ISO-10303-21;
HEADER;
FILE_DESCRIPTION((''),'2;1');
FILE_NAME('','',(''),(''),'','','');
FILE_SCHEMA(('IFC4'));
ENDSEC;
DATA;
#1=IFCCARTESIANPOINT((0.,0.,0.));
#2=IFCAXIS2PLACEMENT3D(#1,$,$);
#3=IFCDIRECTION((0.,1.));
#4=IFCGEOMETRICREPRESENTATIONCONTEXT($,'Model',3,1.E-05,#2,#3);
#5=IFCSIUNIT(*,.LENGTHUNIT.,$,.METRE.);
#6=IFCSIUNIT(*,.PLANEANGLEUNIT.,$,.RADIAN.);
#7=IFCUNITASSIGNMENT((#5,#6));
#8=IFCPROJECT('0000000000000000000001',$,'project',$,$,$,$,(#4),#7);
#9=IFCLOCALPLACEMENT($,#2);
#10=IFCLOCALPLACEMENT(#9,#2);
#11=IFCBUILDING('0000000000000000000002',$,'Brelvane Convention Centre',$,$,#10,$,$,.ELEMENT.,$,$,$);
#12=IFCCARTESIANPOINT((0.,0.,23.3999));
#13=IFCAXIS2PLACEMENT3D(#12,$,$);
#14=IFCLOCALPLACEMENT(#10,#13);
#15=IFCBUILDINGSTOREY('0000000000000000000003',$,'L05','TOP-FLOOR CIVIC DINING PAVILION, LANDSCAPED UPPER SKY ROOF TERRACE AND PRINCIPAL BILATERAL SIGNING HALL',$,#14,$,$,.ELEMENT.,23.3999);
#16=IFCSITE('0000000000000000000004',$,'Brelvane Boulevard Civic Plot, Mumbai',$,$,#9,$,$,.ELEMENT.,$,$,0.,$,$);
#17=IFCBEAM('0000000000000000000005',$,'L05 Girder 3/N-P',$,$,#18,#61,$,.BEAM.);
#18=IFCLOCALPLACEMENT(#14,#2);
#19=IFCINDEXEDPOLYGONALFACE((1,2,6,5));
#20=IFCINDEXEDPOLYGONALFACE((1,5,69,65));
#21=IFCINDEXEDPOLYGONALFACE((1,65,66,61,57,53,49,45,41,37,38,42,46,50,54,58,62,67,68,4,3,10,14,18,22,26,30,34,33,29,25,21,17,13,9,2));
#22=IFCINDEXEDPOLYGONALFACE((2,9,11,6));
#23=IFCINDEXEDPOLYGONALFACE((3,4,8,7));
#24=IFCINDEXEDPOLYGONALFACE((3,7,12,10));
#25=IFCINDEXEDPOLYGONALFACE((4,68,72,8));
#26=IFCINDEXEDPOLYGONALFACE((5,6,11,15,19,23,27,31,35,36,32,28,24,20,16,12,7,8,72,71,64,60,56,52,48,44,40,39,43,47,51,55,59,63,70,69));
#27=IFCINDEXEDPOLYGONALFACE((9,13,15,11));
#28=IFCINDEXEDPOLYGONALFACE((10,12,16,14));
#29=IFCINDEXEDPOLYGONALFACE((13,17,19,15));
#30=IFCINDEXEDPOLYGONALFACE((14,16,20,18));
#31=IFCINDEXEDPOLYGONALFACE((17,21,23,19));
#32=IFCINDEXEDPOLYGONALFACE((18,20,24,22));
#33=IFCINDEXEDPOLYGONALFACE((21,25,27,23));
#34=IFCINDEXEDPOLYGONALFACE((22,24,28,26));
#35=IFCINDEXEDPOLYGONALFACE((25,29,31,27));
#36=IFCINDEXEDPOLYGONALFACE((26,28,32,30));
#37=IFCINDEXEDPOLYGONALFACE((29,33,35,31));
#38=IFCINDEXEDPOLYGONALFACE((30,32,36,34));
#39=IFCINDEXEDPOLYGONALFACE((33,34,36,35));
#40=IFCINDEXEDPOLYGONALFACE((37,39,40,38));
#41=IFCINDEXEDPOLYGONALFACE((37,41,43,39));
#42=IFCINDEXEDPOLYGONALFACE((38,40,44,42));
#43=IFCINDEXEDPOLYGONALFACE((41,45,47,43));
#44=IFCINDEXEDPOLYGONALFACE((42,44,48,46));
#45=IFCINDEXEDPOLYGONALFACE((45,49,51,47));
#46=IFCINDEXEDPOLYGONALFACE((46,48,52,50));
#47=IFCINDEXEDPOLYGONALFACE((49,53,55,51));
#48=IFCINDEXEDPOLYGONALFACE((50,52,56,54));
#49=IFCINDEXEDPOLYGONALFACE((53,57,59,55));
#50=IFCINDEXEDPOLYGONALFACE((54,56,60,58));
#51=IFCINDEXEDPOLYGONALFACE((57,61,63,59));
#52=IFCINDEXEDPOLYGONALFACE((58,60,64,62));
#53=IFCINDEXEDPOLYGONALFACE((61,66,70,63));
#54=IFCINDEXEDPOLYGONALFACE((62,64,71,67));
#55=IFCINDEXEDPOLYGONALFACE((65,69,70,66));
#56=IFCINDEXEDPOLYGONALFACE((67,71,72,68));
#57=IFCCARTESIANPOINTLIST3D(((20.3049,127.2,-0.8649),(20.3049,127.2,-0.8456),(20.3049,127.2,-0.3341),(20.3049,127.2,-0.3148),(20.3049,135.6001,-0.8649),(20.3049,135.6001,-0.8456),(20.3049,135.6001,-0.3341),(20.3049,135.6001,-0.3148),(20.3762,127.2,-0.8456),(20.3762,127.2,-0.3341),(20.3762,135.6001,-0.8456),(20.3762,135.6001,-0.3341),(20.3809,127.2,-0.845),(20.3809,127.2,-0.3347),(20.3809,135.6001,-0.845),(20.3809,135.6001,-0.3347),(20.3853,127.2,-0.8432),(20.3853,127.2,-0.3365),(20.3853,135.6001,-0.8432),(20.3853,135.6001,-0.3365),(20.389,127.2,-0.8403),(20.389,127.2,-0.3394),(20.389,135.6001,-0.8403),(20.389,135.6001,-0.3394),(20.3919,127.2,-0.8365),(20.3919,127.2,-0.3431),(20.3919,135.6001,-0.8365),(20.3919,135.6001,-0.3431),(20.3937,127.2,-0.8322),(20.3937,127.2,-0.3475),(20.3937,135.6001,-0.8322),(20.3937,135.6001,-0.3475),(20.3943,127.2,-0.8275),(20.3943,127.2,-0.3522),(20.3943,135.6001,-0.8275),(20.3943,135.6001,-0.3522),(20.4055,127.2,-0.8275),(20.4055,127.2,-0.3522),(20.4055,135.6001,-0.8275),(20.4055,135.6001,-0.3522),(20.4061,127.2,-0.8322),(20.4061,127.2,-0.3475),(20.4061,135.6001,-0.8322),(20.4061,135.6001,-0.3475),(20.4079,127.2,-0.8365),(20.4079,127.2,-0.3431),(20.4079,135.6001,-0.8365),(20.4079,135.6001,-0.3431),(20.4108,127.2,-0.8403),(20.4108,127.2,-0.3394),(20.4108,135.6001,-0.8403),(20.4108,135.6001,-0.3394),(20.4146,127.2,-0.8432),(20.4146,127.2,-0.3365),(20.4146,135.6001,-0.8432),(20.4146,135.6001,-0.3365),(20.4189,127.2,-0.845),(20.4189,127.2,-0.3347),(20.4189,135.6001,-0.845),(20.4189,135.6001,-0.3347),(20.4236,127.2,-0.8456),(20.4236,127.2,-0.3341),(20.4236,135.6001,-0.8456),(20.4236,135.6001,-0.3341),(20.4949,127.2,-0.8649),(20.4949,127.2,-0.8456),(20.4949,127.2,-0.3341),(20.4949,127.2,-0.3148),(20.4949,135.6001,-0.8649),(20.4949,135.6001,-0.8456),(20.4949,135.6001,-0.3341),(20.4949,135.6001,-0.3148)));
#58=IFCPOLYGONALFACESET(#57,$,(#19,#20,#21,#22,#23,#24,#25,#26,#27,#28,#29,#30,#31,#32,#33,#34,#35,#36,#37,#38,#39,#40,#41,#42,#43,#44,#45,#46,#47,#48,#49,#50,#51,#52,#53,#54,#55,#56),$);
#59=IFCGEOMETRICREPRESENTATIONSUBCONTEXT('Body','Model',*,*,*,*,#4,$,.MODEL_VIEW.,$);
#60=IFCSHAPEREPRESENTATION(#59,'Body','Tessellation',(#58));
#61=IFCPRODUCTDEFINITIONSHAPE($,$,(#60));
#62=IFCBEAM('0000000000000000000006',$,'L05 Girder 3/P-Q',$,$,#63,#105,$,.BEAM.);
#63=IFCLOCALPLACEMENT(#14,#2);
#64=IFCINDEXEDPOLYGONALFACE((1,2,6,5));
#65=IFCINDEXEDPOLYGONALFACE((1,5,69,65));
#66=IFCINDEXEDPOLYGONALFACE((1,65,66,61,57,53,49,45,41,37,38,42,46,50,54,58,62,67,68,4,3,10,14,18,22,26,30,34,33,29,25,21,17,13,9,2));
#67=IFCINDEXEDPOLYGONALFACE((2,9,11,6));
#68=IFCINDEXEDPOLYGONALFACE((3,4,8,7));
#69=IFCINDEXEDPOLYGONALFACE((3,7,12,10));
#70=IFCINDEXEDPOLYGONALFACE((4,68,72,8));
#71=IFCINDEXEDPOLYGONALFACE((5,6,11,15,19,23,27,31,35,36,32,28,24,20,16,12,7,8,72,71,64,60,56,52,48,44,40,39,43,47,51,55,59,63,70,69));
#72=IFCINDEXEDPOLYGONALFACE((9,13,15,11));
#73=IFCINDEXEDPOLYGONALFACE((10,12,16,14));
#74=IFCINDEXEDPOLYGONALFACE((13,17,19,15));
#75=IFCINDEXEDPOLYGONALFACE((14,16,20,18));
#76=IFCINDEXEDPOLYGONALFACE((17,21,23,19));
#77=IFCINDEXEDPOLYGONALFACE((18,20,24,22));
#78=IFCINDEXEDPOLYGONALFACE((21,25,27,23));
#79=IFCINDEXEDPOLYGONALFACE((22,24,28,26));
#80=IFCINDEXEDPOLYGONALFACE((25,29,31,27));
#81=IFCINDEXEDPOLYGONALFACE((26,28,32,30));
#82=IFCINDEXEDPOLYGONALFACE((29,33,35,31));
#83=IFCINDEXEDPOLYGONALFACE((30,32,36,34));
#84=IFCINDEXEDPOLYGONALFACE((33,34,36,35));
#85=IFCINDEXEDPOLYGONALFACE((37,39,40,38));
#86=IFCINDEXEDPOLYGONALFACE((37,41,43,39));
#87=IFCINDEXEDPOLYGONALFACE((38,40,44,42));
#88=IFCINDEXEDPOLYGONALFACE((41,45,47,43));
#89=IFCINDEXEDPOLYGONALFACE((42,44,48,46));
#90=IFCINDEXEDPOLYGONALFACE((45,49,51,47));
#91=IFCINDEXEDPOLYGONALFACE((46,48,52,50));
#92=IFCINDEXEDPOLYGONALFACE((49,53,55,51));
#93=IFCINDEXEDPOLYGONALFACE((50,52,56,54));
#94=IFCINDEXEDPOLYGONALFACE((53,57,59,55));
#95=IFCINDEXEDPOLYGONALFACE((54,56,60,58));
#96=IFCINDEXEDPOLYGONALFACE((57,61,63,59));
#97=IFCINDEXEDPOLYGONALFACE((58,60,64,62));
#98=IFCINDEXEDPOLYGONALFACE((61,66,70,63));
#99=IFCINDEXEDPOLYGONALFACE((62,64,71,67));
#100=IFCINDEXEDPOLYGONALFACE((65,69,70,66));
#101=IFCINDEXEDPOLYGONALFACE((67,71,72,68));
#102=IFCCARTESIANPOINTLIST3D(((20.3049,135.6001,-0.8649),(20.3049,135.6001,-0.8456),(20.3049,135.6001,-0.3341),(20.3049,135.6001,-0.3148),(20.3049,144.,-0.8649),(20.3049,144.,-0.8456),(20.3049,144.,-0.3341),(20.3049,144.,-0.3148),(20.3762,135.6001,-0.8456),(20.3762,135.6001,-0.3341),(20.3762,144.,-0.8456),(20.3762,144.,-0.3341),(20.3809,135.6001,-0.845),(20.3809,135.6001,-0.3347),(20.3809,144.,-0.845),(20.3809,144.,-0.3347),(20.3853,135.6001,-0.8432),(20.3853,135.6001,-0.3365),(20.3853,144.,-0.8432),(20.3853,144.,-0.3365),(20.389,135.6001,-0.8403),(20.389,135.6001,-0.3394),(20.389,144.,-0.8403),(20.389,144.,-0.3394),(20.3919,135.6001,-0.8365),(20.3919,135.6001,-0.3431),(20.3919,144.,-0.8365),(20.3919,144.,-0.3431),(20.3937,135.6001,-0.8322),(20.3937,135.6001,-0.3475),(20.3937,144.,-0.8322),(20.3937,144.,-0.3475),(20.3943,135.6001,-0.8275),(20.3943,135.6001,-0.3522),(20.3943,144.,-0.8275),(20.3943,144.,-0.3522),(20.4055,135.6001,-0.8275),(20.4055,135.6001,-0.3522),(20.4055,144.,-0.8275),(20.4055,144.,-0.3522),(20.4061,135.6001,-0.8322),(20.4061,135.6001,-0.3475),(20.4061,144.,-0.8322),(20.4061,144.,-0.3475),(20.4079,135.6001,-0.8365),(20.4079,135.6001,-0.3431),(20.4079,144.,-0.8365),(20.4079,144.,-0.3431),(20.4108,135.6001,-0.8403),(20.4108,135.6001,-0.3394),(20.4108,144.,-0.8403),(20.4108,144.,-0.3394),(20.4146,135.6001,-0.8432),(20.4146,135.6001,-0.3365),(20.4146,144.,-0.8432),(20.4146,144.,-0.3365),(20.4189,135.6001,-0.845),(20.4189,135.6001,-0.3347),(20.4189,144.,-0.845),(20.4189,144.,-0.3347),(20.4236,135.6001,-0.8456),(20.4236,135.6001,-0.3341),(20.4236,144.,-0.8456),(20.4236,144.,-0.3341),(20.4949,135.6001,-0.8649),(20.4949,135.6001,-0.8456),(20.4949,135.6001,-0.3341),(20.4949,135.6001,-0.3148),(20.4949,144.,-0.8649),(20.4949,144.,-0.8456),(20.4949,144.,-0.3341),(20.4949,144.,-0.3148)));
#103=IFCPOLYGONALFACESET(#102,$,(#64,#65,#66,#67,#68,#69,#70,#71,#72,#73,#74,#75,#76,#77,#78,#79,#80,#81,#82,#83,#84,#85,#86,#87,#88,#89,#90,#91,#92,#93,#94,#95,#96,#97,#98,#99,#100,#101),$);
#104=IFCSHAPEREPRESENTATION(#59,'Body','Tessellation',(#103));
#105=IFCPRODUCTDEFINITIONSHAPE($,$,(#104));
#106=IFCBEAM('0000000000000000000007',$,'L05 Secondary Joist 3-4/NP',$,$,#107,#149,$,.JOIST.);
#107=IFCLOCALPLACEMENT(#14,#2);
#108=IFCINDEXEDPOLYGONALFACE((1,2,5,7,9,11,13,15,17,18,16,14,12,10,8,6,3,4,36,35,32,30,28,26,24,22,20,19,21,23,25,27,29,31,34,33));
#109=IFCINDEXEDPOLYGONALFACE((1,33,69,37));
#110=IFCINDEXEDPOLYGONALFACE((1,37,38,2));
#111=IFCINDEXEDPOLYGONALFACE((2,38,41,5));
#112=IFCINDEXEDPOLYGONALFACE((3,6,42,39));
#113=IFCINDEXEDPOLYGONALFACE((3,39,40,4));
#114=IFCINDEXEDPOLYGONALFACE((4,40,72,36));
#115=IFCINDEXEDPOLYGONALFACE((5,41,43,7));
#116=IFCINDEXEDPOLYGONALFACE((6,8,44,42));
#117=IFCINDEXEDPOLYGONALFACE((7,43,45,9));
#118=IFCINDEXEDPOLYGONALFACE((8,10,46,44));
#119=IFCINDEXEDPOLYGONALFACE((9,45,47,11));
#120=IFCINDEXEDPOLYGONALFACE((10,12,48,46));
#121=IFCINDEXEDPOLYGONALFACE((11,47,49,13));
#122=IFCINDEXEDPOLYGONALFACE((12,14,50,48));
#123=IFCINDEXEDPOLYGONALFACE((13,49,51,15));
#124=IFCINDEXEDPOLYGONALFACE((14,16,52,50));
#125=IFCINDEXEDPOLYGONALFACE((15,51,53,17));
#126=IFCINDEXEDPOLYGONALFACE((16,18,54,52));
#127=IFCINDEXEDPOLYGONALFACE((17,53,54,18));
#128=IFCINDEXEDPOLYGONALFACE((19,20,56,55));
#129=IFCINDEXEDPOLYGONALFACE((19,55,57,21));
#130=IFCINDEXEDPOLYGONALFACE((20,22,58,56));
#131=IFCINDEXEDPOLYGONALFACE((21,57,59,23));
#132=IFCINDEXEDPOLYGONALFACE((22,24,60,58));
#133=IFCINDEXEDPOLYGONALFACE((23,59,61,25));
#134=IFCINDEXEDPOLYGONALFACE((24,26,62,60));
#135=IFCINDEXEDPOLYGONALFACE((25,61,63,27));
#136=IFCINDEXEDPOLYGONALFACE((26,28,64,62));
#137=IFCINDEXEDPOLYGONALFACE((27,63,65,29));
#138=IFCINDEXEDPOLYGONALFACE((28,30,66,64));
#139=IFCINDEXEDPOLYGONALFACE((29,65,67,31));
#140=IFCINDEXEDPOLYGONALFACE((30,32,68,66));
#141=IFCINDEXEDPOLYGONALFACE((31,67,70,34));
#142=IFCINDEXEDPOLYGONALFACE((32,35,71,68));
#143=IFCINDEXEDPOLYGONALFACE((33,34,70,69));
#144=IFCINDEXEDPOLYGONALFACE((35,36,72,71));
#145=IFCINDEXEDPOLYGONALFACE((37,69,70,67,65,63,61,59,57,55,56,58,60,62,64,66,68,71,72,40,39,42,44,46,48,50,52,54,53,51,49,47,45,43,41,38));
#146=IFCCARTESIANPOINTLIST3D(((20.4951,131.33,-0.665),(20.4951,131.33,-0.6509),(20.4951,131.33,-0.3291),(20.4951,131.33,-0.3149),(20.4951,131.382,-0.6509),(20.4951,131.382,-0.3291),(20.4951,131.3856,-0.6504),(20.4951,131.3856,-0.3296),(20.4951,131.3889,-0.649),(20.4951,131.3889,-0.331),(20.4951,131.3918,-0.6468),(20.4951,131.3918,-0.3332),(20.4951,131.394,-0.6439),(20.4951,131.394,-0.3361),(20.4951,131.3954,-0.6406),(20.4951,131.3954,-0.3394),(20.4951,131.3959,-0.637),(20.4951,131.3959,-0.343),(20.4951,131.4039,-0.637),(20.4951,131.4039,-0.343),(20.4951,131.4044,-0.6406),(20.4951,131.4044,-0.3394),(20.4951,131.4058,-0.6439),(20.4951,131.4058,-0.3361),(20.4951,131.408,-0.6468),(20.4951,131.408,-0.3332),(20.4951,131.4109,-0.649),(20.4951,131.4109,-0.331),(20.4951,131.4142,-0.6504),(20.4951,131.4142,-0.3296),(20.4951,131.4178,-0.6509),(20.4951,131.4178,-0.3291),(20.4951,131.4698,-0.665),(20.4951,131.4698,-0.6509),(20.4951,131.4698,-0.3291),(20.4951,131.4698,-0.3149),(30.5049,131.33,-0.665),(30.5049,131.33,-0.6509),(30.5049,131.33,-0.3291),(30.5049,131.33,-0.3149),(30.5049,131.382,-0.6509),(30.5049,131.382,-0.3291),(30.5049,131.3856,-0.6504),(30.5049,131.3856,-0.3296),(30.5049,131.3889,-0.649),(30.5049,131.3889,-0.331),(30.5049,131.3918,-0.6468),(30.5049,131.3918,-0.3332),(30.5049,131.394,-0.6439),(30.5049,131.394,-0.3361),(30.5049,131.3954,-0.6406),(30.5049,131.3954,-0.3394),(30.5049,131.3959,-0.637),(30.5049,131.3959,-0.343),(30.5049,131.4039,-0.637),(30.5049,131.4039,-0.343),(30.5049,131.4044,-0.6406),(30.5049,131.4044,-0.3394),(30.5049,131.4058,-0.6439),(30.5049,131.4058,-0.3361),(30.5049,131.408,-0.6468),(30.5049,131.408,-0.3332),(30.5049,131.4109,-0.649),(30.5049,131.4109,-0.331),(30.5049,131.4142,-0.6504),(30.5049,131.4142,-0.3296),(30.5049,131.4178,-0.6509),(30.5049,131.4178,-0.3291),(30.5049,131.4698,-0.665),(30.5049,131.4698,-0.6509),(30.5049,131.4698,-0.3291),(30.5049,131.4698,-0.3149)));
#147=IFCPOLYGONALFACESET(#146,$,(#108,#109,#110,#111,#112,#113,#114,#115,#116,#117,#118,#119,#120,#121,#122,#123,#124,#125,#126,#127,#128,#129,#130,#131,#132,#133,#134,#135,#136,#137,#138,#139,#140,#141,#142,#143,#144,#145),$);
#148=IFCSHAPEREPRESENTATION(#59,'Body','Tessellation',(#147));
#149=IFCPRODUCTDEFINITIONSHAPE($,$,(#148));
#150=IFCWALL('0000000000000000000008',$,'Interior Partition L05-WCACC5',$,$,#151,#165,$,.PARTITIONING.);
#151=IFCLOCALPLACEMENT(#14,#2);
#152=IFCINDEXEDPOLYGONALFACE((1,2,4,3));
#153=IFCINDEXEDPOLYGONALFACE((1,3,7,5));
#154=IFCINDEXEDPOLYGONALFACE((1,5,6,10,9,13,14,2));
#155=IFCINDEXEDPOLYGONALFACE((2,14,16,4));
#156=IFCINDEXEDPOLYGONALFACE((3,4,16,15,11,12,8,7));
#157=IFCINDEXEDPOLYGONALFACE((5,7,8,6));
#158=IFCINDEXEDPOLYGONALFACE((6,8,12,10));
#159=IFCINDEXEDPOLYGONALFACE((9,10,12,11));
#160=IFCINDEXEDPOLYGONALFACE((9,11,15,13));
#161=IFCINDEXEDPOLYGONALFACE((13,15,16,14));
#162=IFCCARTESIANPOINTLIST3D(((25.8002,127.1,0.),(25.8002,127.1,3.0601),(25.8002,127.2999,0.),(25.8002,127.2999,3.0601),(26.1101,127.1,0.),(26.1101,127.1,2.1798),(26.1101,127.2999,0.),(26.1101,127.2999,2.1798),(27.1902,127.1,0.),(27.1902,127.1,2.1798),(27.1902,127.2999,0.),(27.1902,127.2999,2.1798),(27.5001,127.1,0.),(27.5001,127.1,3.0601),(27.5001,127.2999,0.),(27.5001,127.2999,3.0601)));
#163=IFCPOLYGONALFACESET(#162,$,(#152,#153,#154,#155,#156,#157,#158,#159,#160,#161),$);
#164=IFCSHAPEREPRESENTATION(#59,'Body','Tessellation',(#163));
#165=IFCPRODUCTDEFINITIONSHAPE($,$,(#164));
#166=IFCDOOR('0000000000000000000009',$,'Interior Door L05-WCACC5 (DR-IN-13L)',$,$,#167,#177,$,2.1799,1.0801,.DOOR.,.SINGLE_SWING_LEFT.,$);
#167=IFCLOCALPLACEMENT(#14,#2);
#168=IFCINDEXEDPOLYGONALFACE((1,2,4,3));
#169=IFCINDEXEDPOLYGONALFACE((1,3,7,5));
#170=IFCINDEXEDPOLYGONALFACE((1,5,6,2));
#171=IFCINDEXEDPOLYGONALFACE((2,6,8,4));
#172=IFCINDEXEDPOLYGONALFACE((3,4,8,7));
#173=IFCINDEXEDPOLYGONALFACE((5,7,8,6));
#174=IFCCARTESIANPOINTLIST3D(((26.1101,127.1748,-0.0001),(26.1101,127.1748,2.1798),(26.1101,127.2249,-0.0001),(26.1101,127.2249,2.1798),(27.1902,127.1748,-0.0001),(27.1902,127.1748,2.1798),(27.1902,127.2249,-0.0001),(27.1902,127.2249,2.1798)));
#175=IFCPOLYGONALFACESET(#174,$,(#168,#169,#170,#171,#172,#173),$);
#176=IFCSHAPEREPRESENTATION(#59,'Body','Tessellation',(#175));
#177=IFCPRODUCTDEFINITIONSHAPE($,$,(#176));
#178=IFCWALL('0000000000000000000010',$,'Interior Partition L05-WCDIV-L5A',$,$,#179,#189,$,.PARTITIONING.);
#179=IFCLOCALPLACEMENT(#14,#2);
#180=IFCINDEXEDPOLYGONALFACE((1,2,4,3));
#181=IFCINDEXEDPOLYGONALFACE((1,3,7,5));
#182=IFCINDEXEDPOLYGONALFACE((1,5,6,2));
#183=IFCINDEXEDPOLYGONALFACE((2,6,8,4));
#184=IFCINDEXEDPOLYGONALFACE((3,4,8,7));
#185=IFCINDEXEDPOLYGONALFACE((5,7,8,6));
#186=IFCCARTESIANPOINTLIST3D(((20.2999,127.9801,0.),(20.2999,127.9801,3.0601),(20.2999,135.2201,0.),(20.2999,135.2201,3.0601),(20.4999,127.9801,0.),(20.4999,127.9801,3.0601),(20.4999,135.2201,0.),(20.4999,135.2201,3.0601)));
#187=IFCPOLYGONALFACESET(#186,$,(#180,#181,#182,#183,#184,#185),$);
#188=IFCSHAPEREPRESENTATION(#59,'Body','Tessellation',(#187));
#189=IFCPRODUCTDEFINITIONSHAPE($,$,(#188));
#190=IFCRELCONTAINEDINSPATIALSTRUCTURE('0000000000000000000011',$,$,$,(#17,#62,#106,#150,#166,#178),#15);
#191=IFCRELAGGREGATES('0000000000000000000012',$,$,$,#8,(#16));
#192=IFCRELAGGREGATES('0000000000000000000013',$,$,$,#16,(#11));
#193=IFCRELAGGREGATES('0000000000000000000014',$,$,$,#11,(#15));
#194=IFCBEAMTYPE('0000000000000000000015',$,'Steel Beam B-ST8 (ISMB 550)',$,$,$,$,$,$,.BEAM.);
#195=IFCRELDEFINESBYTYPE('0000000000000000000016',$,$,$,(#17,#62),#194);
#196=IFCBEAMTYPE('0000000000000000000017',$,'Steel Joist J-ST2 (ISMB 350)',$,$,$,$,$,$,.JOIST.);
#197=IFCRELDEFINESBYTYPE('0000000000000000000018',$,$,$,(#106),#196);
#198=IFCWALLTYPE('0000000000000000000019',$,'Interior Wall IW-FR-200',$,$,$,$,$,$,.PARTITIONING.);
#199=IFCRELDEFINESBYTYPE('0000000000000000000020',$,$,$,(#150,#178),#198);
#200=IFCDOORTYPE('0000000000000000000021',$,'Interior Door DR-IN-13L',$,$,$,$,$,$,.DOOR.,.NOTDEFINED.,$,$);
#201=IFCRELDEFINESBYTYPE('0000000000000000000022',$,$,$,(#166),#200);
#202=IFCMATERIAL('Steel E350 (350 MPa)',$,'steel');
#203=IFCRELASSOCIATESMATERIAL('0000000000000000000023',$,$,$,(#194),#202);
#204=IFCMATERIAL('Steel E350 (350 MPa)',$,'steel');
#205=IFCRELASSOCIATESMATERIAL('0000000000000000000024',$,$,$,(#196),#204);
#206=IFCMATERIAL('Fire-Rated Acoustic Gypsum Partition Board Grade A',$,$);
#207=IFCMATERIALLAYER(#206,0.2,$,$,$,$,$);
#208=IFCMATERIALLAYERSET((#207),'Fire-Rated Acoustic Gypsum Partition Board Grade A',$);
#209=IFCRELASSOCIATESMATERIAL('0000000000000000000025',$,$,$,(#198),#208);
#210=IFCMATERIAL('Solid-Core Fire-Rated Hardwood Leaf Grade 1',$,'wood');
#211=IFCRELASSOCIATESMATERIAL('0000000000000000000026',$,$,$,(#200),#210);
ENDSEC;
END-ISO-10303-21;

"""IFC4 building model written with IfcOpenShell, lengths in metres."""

from ifc_helpers import new_model, si_unit, direction, frame, frame_2d, origin, origin_2d, place, context, subcontext, project, spatial, rectangle, i_section, extrude, material, layer, layer_set, material_profile, profile_set, type_object, element, fill, save


model = new_model("IFC4")

# Units and contexts
model_context = context("Model", 3, precision=1e-05, world=origin(), true_north=direction((0.0, 1.0)))
body_context = subcontext(model_context, "Body", "Model", "MODEL_VIEW")
ifc_project = project(units=[si_unit("LENGTHUNIT", "METRE"), si_unit("PLANEANGLEUNIT", "RADIAN")], contexts=[model_context])

# Site, building, storey
site_placement = place(None, origin())
site = spatial("IfcSite", under=ifc_project, at=site_placement, Name="Brelvane Boulevard Civic Plot, Mumbai", CompositionType="ELEMENT", RefElevation=0.0)
building_placement = place(site_placement, origin())
building = spatial("IfcBuilding", under=site, at=building_placement, Name="Brelvane Convention Centre", CompositionType="ELEMENT")
storey_placement = place(building_placement, frame((0.0, 0.0, 23.3999)))
storey = spatial("IfcBuildingStorey", under=building, at=storey_placement, Name="L05", Description="TOP-FLOOR CIVIC DINING PAVILION, LANDSCAPED UPPER SKY ROOF TERRACE AND PRINCIPAL BILATERAL SIGNING HALL", CompositionType="ELEMENT", Elevation=23.3999)

# Beams
ifc_material_1 = material(Name="Steel E350 (350 MPa)", Category="steel")
ifc_material_profile_1 = material_profile(ifc_material_1, i_section(OverallWidth=0.1899, OverallDepth=0.55, WebThickness=0.0112, FlangeThickness=0.0193, FilletRadius=0.0181, at=origin_2d()), Name="ISMB 550")
ifc_profile_set_1 = profile_set([ifc_material_profile_1], Name="Steel E350 (350 MPa)")
beam_type_1 = type_object("IfcBeamType", Name="Steel Beam B-ST8 (ISMB 550)", PredefinedType="BEAM", material=ifc_profile_set_1)
beam_1_placement = place(storey_placement, frame((20.3999, 127.2, -0.5898), z_axis=(0.0, 1.0, 0.0), x_axis=(-1.0, 0.0, 0.0)))
element("IfcBeam", 1, at=beam_1_placement, inside=storey, type_object=beam_type_1, Name="L05 Girder 3/N-P", PredefinedType="BEAM", context=body_context, shape_type="SweptSolid", body=[
    extrude(i_section(OverallWidth=0.1899, OverallDepth=0.55, WebThickness=0.0112, FlangeThickness=0.0193, FilletRadius=0.0181, at=origin_2d()), origin(), (0.0, 0.0, 1.0), 8.4001),
])
beam_2_placement = place(storey_placement, frame((20.3999, 135.6001, -0.5898), z_axis=(0.0, 1.0, 0.0), x_axis=(-1.0, 0.0, 0.0)))
element("IfcBeam", 2, at=beam_2_placement, inside=storey, type_object=beam_type_1, Name="L05 Girder 3/P-Q", PredefinedType="BEAM", context=body_context, shape_type="SweptSolid", body=[
    extrude(i_section(OverallWidth=0.1899, OverallDepth=0.55, WebThickness=0.0112, FlangeThickness=0.0193, FilletRadius=0.0181, at=origin_2d()), origin(), (0.0, 0.0, 1.0), 8.3999),
])
ifc_material_2 = material(Name="Steel E350 (350 MPa)", Category="steel")
ifc_material_profile_2 = material_profile(ifc_material_2, i_section(OverallWidth=0.1399, OverallDepth=0.3501, WebThickness=0.0081, FlangeThickness=0.0142, FilletRadius=0.0139, at=origin_2d()), Name="ISMB 350")
ifc_profile_set_2 = profile_set([ifc_material_profile_2], Name="Steel E350 (350 MPa)")
beam_type_2 = type_object("IfcBeamType", Name="Steel Joist J-ST2 (ISMB 350)", PredefinedType="JOIST", material=ifc_profile_set_2)
beam_3_placement = place(storey_placement, frame((20.4951, 131.3999, -0.49), z_axis=(1.0, 0.0, 0.0), x_axis=(0.0, 1.0, 0.0)))
element("IfcBeam", 3, at=beam_3_placement, inside=storey, type_object=beam_type_2, Name="L05 Secondary Joist 3-4/NP", PredefinedType="JOIST", context=body_context, shape_type="SweptSolid", body=[
    extrude(i_section(OverallWidth=0.1399, OverallDepth=0.3501, WebThickness=0.0081, FlangeThickness=0.0142, FilletRadius=0.0139, at=origin_2d()), origin(), (0.0, 0.0, 1.0), 10.0098),
])

# Wall, opening, door
ifc_material_3 = material(Name="Fire-Rated Acoustic Gypsum Partition Board Grade A")
ifc_layer_1 = layer(ifc_material_3, 0.2)
ifc_layer_set_1 = layer_set([ifc_layer_1], Name="Fire-Rated Acoustic Gypsum Partition Board Grade A")
wall_type_1 = type_object("IfcWallType", Name="Interior Wall IW-FR-200", PredefinedType="PARTITIONING", material=ifc_layer_set_1)
wall_1_placement = place(storey_placement, frame((25.8, 127.2, 0.0), z_axis=(0.0, 0.0, 1.0), x_axis=(1.0, 0.0, 0.0)))
wall_1 = element("IfcWall", 4, at=wall_1_placement, inside=storey, type_object=wall_type_1, Name="Interior Partition L05-WCACC5", PredefinedType="PARTITIONING", context=body_context, shape_type="SweptSolid", body=[
    extrude(rectangle(XDim=1.7, YDim=0.2, at=frame_2d((0.8501, 0.0))), origin(), (0.0, 0.0, 1.0), 3.0601),
])
opening_1_placement = place(wall_1_placement, frame((0.3101, 0.0, 0.0)))
opening_1 = element("IfcOpeningElement", 5, at=opening_1_placement, cuts=wall_1, PredefinedType="OPENING", context=body_context, shape_type="SweptSolid", body=[
    extrude(rectangle(XDim=1.0801, YDim=2.1799, at=frame_2d((0.54, 1.0898))), frame((0.0, 0.1099, 0.0), z_axis=(0.0, -1.0, 0.0), x_axis=(1.0, 0.0, 0.0)), (0.0, 0.0, 1.0), 0.22),
])
ifc_material_4 = material(Name="Solid-Core Fire-Rated Hardwood Leaf Grade 1", Category="wood")
door_type_1 = type_object("IfcDoorType", Name="Interior Door DR-IN-13L", OperationType="NOTDEFINED", PredefinedType="DOOR", material=ifc_material_4)
door_1_placement = place(opening_1_placement, origin())
door_1 = element("IfcDoor", 6, at=door_1_placement, inside=storey, type_object=door_type_1, Name="Interior Door L05-WCACC5 (DR-IN-13L)", OperationType="SINGLE_SWING_LEFT", OverallHeight=2.1799, OverallWidth=1.0801, PredefinedType="DOOR", context=body_context, shape_type="SweptSolid", body=[
    extrude(rectangle(XDim=1.0801, YDim=2.1799, at=frame_2d((0.54, 1.0898))), frame((0.0, 0.0249, 0.0), z_axis=(0.0, -1.0, 0.0), x_axis=(1.0, 0.0, 0.0)), (0.0, 0.0, 1.0), 0.05),
])
fill(opening_1, door_1)

# Wall
wall_2_placement = place(storey_placement, frame((20.3999, 127.98, 0.0), z_axis=(0.0, 0.0, 1.0), x_axis=(0.0, 1.0, 0.0)))
element("IfcWall", 7, at=wall_2_placement, inside=storey, type_object=wall_type_1, Name="Interior Partition L05-WCDIV-L5A", PredefinedType="PARTITIONING", context=body_context, shape_type="SweptSolid", body=[
    extrude(rectangle(XDim=7.24, YDim=0.2, at=frame_2d((3.6201, 0.0))), origin(), (0.0, 0.0, 1.0), 3.0601),
])

save(model, "model.ifc")
